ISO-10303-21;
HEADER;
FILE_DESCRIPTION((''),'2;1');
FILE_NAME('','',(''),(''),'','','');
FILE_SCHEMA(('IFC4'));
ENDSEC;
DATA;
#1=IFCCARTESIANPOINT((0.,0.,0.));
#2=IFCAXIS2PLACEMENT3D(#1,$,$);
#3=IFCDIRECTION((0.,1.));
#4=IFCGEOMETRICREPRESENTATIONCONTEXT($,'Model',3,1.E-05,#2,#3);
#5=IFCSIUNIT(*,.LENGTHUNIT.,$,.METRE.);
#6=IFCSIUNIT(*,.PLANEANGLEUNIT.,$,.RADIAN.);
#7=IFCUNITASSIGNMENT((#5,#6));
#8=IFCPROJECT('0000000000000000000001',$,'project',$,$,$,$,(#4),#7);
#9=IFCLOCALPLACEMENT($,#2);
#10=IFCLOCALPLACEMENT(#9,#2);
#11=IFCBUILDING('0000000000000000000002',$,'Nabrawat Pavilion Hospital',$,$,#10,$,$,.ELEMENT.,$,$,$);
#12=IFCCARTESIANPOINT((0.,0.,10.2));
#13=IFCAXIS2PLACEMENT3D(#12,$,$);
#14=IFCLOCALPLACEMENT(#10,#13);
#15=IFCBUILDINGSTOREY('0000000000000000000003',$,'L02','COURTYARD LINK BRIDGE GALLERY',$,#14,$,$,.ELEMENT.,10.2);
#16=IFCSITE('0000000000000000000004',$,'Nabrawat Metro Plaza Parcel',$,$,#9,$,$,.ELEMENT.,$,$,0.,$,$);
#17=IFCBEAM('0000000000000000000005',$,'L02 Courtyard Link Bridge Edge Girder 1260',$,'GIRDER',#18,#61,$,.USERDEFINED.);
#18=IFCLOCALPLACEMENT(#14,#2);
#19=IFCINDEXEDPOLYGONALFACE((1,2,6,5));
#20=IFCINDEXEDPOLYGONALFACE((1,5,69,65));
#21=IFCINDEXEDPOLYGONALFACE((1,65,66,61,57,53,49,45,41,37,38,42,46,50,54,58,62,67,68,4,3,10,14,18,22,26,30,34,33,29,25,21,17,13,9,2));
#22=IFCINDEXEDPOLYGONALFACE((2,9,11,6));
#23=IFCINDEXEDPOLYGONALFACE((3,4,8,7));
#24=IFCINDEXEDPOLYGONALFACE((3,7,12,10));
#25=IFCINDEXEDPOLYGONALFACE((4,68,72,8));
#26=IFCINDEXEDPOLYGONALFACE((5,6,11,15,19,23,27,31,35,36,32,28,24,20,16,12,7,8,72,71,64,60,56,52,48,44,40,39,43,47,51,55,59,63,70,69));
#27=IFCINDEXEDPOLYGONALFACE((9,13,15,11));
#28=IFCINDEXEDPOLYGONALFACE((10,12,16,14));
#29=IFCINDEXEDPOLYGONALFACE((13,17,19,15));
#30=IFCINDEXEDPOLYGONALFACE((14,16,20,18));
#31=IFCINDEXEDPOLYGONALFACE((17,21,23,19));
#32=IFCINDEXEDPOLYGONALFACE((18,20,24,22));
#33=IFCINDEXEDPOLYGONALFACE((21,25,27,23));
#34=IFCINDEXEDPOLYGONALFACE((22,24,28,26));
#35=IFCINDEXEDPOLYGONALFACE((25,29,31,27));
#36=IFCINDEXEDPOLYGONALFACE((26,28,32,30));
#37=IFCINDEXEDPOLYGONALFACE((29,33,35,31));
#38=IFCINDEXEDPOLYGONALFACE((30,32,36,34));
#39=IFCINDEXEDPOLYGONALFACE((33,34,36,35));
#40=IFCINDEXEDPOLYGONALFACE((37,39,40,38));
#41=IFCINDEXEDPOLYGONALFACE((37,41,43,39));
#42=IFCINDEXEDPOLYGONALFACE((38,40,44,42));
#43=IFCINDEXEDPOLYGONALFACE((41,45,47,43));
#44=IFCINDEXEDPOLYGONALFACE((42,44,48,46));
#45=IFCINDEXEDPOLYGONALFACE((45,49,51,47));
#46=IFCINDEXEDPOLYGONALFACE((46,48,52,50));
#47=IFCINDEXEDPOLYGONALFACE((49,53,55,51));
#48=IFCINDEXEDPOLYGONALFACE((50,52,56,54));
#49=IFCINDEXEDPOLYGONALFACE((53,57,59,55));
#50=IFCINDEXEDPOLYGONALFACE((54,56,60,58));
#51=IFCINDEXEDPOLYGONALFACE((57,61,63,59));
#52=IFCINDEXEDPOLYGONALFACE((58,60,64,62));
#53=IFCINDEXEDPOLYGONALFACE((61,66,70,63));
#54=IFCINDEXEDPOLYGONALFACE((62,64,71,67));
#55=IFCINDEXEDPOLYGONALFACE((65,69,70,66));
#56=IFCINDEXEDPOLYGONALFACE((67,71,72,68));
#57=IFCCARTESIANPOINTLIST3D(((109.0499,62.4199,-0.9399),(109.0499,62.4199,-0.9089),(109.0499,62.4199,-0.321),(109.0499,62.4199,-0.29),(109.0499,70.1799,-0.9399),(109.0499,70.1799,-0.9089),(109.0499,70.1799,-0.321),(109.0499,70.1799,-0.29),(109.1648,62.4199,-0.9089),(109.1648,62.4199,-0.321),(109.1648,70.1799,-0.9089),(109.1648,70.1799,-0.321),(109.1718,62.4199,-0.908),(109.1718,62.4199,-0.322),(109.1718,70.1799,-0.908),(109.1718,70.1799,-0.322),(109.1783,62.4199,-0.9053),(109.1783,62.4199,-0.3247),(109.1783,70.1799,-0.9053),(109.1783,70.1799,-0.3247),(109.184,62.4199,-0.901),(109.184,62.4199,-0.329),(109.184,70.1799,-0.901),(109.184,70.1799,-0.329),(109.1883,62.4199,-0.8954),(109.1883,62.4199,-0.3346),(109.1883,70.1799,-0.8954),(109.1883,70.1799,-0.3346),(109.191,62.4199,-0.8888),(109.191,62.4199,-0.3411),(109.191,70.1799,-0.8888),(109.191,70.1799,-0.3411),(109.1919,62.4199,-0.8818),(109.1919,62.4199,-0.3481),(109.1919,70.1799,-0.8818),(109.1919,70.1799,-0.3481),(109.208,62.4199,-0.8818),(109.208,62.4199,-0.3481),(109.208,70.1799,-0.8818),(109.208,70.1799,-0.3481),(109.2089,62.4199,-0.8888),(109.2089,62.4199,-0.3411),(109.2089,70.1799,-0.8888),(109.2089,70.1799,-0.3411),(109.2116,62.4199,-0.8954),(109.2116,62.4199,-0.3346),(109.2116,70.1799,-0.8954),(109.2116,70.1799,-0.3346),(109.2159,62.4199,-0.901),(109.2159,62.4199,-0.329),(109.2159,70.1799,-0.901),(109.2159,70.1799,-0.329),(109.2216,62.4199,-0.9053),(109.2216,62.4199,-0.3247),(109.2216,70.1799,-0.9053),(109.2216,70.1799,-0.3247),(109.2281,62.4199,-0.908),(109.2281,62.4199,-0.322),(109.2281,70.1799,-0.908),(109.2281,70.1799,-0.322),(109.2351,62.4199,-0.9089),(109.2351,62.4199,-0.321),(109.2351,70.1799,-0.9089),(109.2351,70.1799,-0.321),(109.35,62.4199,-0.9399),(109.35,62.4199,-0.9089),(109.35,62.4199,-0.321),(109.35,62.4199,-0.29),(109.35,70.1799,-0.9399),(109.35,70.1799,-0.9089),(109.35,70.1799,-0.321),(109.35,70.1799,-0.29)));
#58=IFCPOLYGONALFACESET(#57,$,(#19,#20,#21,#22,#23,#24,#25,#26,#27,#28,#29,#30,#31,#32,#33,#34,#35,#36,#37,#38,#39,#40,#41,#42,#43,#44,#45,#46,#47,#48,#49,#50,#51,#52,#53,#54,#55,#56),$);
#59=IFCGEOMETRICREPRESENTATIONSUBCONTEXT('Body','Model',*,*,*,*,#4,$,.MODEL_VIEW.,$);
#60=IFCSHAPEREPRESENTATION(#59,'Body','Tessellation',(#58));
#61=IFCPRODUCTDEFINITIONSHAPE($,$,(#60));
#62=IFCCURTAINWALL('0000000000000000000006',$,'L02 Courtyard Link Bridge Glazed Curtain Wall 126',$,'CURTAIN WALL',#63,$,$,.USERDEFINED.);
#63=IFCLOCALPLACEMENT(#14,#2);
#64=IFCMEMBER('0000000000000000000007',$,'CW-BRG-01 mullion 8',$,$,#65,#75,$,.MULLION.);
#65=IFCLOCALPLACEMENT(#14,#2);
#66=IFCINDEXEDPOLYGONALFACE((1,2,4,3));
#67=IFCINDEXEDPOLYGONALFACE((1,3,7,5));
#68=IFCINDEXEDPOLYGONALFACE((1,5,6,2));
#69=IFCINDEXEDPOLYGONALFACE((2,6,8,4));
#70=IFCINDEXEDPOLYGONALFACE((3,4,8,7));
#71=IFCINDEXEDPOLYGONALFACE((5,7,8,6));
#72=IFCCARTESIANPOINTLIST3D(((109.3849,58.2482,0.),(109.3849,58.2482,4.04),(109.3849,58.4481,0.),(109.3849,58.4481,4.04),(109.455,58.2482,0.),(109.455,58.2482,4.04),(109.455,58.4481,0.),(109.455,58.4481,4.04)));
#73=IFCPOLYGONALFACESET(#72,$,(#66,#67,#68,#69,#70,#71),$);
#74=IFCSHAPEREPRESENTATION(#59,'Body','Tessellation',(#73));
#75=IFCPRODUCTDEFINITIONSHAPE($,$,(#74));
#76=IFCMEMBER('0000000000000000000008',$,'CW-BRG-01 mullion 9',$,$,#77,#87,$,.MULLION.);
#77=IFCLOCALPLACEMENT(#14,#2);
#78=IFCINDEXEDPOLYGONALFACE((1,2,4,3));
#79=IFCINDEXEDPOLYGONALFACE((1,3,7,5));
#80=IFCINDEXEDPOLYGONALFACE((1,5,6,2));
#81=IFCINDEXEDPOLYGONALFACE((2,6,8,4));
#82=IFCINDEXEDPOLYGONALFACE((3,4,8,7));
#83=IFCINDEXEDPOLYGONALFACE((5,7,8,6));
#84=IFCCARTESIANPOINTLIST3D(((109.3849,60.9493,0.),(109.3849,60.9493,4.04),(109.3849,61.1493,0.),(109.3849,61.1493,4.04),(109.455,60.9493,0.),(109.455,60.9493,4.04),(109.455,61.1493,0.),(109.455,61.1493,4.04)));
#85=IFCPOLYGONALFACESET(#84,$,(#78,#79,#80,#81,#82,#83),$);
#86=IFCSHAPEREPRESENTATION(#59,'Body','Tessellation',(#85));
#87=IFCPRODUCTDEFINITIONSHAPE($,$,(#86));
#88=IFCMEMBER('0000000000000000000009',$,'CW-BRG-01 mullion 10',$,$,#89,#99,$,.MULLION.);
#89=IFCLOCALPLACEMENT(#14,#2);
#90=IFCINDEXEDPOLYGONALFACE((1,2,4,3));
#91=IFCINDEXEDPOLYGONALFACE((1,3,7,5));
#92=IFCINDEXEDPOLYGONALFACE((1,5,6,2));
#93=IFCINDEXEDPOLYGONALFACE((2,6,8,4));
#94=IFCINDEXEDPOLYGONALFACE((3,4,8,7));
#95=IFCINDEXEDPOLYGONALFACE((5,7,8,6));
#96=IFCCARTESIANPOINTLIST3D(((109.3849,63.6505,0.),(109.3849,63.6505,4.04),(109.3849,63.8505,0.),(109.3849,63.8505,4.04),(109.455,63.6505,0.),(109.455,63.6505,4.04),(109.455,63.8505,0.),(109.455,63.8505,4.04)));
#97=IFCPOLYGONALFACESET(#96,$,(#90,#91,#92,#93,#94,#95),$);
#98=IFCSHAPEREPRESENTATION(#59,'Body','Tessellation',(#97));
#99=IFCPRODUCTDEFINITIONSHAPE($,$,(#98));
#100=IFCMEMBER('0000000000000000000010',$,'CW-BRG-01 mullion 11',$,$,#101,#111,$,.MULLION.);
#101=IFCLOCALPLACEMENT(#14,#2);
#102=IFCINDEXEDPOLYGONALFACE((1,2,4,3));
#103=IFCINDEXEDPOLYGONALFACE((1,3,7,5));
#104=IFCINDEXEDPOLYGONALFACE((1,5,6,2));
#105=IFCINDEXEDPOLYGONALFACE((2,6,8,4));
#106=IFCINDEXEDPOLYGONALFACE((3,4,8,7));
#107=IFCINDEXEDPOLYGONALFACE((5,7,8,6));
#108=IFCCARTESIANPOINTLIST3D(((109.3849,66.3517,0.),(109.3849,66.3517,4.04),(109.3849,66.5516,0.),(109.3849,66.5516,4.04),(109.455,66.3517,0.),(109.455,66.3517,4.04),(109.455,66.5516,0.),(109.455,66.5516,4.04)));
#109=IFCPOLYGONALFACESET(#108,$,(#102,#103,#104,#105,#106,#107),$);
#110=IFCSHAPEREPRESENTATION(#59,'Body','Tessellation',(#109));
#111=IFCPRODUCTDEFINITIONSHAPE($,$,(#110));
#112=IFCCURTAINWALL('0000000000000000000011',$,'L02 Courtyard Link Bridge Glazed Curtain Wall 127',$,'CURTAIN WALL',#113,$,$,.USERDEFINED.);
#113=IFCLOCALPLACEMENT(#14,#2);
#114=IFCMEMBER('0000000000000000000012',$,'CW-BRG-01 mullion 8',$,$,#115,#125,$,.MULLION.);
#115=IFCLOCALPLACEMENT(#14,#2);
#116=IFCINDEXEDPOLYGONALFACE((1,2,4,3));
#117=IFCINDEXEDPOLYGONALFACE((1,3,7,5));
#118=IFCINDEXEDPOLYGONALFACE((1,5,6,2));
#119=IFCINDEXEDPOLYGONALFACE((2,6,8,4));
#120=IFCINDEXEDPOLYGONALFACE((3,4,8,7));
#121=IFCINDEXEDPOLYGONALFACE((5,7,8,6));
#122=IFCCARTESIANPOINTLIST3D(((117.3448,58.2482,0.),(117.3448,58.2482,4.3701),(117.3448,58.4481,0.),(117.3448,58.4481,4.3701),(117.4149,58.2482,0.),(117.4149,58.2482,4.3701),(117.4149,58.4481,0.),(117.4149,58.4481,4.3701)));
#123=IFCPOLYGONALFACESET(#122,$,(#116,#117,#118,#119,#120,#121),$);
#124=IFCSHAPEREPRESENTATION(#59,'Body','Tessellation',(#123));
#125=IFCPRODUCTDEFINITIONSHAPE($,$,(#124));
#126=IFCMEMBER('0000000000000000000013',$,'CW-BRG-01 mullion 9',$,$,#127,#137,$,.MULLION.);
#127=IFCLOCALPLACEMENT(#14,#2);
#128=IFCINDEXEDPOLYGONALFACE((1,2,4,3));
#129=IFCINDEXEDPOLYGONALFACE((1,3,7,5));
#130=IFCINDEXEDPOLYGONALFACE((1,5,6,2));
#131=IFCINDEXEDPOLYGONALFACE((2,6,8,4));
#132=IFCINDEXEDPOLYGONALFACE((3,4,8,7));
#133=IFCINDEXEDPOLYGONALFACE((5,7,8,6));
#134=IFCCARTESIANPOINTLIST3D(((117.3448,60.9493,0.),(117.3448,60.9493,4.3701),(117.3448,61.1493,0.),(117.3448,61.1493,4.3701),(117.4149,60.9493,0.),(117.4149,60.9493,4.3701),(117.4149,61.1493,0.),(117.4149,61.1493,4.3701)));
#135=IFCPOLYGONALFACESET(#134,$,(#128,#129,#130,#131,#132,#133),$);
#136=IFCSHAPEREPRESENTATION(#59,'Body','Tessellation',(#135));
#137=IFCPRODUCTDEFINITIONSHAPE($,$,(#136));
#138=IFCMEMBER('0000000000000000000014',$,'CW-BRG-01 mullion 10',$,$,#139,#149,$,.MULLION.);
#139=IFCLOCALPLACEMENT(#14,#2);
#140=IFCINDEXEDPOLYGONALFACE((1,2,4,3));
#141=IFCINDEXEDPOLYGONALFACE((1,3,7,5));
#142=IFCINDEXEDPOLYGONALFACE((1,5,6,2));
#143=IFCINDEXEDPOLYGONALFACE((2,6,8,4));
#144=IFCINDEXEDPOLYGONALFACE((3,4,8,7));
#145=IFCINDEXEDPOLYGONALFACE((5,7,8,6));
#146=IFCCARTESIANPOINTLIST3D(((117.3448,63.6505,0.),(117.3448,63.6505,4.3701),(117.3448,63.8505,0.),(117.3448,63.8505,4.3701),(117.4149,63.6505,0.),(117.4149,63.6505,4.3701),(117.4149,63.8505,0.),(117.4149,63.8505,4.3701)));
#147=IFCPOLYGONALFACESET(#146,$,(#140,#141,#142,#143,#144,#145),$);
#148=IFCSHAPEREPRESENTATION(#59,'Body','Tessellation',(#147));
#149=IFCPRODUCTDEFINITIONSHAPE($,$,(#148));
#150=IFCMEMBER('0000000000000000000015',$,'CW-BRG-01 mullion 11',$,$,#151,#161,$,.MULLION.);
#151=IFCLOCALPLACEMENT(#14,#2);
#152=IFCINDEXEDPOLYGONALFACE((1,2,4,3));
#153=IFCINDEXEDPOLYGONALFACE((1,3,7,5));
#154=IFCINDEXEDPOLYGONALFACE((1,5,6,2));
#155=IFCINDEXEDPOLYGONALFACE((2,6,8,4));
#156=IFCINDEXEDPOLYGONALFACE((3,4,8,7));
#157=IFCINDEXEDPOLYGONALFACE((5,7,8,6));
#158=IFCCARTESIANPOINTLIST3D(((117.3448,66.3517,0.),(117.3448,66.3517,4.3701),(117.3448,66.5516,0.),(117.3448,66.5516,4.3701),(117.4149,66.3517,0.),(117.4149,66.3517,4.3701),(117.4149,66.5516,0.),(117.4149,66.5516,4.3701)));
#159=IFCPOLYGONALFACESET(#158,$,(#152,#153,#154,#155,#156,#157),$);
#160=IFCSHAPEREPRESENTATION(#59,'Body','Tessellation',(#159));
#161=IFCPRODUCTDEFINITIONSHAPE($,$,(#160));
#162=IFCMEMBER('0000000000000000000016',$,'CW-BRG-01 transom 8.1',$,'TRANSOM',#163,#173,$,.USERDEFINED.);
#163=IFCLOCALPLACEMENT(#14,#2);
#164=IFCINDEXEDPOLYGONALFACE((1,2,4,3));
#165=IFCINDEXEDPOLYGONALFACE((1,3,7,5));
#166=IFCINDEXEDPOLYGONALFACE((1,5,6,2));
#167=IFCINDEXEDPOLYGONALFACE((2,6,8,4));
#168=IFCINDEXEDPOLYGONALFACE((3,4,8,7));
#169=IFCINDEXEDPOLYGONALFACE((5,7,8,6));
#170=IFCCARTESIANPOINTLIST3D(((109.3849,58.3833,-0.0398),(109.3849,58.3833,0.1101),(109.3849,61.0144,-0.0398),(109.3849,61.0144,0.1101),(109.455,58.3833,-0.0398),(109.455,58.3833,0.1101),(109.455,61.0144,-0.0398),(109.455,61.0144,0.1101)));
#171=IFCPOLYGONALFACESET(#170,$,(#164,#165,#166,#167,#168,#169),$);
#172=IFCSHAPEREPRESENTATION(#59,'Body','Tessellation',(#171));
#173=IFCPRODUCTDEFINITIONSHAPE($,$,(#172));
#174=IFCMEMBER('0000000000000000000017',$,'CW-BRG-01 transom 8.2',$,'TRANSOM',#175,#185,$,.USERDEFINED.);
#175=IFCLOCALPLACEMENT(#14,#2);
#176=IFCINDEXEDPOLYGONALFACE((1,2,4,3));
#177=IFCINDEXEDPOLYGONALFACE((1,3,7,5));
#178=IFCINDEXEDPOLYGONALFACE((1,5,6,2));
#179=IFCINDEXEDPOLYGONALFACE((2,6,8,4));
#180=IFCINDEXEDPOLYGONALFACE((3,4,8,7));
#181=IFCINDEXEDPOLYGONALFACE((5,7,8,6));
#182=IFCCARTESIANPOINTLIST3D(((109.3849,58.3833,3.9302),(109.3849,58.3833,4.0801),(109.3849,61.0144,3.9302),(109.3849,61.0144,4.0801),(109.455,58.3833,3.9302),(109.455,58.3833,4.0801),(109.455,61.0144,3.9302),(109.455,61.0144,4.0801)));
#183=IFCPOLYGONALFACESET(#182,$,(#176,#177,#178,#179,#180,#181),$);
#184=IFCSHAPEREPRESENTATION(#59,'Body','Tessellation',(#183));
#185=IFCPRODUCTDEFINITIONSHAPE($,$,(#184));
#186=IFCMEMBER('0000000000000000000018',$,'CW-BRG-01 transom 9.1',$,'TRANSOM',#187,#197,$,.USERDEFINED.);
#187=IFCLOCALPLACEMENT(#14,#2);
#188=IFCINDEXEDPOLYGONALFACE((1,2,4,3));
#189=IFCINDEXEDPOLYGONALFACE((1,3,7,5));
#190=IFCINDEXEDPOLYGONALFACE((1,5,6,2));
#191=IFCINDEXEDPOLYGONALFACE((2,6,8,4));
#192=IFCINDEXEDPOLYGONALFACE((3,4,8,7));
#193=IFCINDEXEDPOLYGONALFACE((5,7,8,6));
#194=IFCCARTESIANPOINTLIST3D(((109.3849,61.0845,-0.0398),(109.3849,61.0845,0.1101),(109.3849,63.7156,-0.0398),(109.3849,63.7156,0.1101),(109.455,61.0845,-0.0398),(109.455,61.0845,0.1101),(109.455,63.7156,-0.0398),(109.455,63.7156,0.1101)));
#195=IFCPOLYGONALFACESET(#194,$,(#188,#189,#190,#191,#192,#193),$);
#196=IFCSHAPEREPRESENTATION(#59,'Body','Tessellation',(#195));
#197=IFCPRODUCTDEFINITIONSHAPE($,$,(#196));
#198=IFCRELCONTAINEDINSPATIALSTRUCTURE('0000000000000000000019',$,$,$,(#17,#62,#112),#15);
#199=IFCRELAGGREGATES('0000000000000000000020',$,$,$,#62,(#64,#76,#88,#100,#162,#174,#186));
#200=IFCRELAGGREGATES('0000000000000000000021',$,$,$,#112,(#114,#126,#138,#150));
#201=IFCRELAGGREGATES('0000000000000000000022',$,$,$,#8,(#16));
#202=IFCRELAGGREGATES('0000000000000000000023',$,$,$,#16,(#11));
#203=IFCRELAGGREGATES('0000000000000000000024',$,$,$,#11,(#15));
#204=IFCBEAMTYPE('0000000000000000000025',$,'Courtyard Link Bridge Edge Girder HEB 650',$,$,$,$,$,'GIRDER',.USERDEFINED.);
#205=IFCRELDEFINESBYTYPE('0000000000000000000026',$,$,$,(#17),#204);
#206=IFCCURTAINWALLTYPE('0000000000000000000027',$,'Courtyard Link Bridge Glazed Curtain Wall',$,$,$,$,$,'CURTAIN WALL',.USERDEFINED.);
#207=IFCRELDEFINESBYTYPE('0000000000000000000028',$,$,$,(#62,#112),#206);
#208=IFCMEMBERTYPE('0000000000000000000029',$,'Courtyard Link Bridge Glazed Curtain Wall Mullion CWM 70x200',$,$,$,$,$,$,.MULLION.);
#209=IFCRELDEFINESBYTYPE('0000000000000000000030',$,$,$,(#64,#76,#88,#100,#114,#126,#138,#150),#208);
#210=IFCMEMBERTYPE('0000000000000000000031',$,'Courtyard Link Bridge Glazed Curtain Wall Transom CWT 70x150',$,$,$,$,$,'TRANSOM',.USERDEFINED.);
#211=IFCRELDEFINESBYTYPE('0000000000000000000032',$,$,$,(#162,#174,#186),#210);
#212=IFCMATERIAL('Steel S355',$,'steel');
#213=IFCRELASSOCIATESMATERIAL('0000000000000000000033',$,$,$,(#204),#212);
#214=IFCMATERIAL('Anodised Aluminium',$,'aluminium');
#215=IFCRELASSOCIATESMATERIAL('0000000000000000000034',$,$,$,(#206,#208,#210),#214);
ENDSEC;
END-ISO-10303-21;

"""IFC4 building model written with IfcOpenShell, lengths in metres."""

from ifc_helpers import new_model, si_unit, direction, frame, origin, origin_2d, place, context, subcontext, project, spatial, rectangle, i_section, extrude, material, material_profile, profile_set, type_object, element, aggregate, save


model = new_model("IFC4")

# Units and contexts
model_context = context("Model", 3, precision=1e-05, world=origin(), true_north=direction((0.0, 1.0)))
body_context = subcontext(model_context, "Body", "Model", "MODEL_VIEW")
ifc_project = project(units=[si_unit("LENGTHUNIT", "METRE"), si_unit("PLANEANGLEUNIT", "RADIAN")], contexts=[model_context])

# Site, building, storey
site_placement = place(None, origin())
site = spatial("IfcSite", under=ifc_project, at=site_placement, Name="Nabrawat Metro Plaza Parcel", CompositionType="ELEMENT", RefElevation=0.0)
building_placement = place(site_placement, origin())
building = spatial("IfcBuilding", under=site, at=building_placement, Name="Nabrawat Pavilion Hospital", CompositionType="ELEMENT")
storey_placement = place(building_placement, frame((0.0, 0.0, 10.2)))
storey = spatial("IfcBuildingStorey", under=building, at=storey_placement, Name="L02", Description="COURTYARD LINK BRIDGE GALLERY", CompositionType="ELEMENT", Elevation=10.2)

# Beam
ifc_material_1 = material(Name="Steel S355", Category="steel")
ifc_material_profile_1 = material_profile(ifc_material_1, i_section(OverallWidth=0.3, OverallDepth=0.6499, WebThickness=0.0161, FlangeThickness=0.031, FilletRadius=0.0271, at=origin_2d()), Name="HEB 650")
ifc_profile_set_1 = profile_set([ifc_material_profile_1], Name="Steel S355")
beam_type_1 = type_object("IfcBeamType", Name="Courtyard Link Bridge Edge Girder HEB 650", ElementType="GIRDER", PredefinedType="USERDEFINED", material=ifc_profile_set_1)
beam_1_placement = place(storey_placement, frame((109.2, 62.4199, -0.615), z_axis=(0.0, 1.0, 0.0), x_axis=(-1.0, 0.0, 0.0)))
element("IfcBeam", 1, at=beam_1_placement, inside=storey, type_object=beam_type_1, Name="L02 Courtyard Link Bridge Edge Girder 1260", ObjectType="GIRDER", PredefinedType="USERDEFINED", context=body_context, shape_type="SweptSolid", body=[
    extrude(i_section(OverallWidth=0.3, OverallDepth=0.6499, WebThickness=0.0161, FlangeThickness=0.031, FilletRadius=0.0271, at=origin_2d()), origin(), (0.0, 0.0, 1.0), 7.76),
])

# Curtain walls, members
ifc_material_2 = material(Name="Anodised Aluminium", Category="aluminium")
curtain_wall_type = type_object("IfcCurtainWallType", Name="Courtyard Link Bridge Glazed Curtain Wall", ElementType="CURTAIN WALL", PredefinedType="USERDEFINED", material=ifc_material_2)
curtain_wall_1_placement = place(storey_placement, origin())
curtain_wall_1 = element("IfcCurtainWall", 2, at=curtain_wall_1_placement, inside=storey, type_object=curtain_wall_type, Name="L02 Courtyard Link Bridge Glazed Curtain Wall 126", ObjectType="CURTAIN WALL", PredefinedType="USERDEFINED")
ifc_material_profile_2 = material_profile(ifc_material_2, rectangle(XDim=0.0701, YDim=0.2, at=origin_2d()), Name="CWM 70x200")
ifc_profile_set_2 = profile_set([ifc_material_profile_2], Name="Anodised Aluminium")
member_type_1 = type_object("IfcMemberType", Name="Courtyard Link Bridge Glazed Curtain Wall Mullion CWM 70x200", PredefinedType="MULLION", material=ifc_profile_set_2)
member_1_placement = place(storey_placement, frame((109.4199, 58.3481, 0.0), z_axis=(0.0, 0.0, 1.0), x_axis=(-1.0, 0.0, 0.0)))
member_1 = element("IfcMember", 3, at=member_1_placement, type_object=member_type_1, Name="CW-BRG-01 mullion 8", PredefinedType="MULLION", context=body_context, shape_type="SweptSolid", body=[
    extrude(rectangle(XDim=0.0701, YDim=0.2, at=origin_2d()), origin(), (0.0, 0.0, 1.0), 4.04),
])
member_2_placement = place(storey_placement, frame((109.4199, 61.0493, 0.0), z_axis=(0.0, 0.0, 1.0), x_axis=(-1.0, 0.0, 0.0)))
member_2 = element("IfcMember", 4, at=member_2_placement, type_object=member_type_1, Name="CW-BRG-01 mullion 9", PredefinedType="MULLION", context=body_context, shape_type="SweptSolid", body=[
    extrude(rectangle(XDim=0.0701, YDim=0.2, at=origin_2d()), origin(), (0.0, 0.0, 1.0), 4.04),
])
member_3_placement = place(storey_placement, frame((109.4199, 63.7505, 0.0), z_axis=(0.0, 0.0, 1.0), x_axis=(-1.0, 0.0, 0.0)))
member_3 = element("IfcMember", 5, at=member_3_placement, type_object=member_type_1, Name="CW-BRG-01 mullion 10", PredefinedType="MULLION", context=body_context, shape_type="SweptSolid", body=[
    extrude(rectangle(XDim=0.0701, YDim=0.2, at=origin_2d()), origin(), (0.0, 0.0, 1.0), 4.04),
])
member_4_placement = place(storey_placement, frame((109.4199, 66.4517, 0.0), z_axis=(0.0, 0.0, 1.0), x_axis=(-1.0, 0.0, 0.0)))
member_4 = element("IfcMember", 6, at=member_4_placement, type_object=member_type_1, Name="CW-BRG-01 mullion 11", PredefinedType="MULLION", context=body_context, shape_type="SweptSolid", body=[
    extrude(rectangle(XDim=0.0701, YDim=0.2, at=origin_2d()), origin(), (0.0, 0.0, 1.0), 4.04),
])
curtain_wall_2_placement = place(storey_placement, origin())
curtain_wall_2 = element("IfcCurtainWall", 7, at=curtain_wall_2_placement, inside=storey, type_object=curtain_wall_type, Name="L02 Courtyard Link Bridge Glazed Curtain Wall 127", ObjectType="CURTAIN WALL", PredefinedType="USERDEFINED")
member_5_placement = place(storey_placement, frame((117.3799, 58.3481, 0.0), z_axis=(0.0, 0.0, 1.0), x_axis=(-1.0, 0.0, 0.0)))
member_5 = element("IfcMember", 8, at=member_5_placement, type_object=member_type_1, Name="CW-BRG-01 mullion 8", PredefinedType="MULLION", context=body_context, shape_type="SweptSolid", body=[
    extrude(rectangle(XDim=0.0701, YDim=0.2, at=origin_2d()), origin(), (0.0, 0.0, 1.0), 4.3701),
])
member_6_placement = place(storey_placement, frame((117.3799, 61.0493, 0.0), z_axis=(0.0, 0.0, 1.0), x_axis=(-1.0, 0.0, 0.0)))
member_6 = element("IfcMember", 9, at=member_6_placement, type_object=member_type_1, Name="CW-BRG-01 mullion 9", PredefinedType="MULLION", context=body_context, shape_type="SweptSolid", body=[
    extrude(rectangle(XDim=0.0701, YDim=0.2, at=origin_2d()), origin(), (0.0, 0.0, 1.0), 4.3701),
])
member_7_placement = place(storey_placement, frame((117.3799, 63.7505, 0.0), z_axis=(0.0, 0.0, 1.0), x_axis=(-1.0, 0.0, 0.0)))
member_7 = element("IfcMember", 10, at=member_7_placement, type_object=member_type_1, Name="CW-BRG-01 mullion 10", PredefinedType="MULLION", context=body_context, shape_type="SweptSolid", body=[
    extrude(rectangle(XDim=0.0701, YDim=0.2, at=origin_2d()), origin(), (0.0, 0.0, 1.0), 4.3701),
])
member_8_placement = place(storey_placement, frame((117.3799, 66.4517, 0.0), z_axis=(0.0, 0.0, 1.0), x_axis=(-1.0, 0.0, 0.0)))
member_8 = element("IfcMember", 11, at=member_8_placement, type_object=member_type_1, Name="CW-BRG-01 mullion 11", PredefinedType="MULLION", context=body_context, shape_type="SweptSolid", body=[
    extrude(rectangle(XDim=0.0701, YDim=0.2, at=origin_2d()), origin(), (0.0, 0.0, 1.0), 4.3701),
])

# Members
ifc_material_profile_3 = material_profile(ifc_material_2, rectangle(XDim=0.0701, YDim=0.1499, at=origin_2d()), Name="CWT 70x150")
ifc_profile_set_3 = profile_set([ifc_material_profile_3], Name="Anodised Aluminium")
member_type_2 = type_object("IfcMemberType", Name="Courtyard Link Bridge Glazed Curtain Wall Transom CWT 70x150", ElementType="TRANSOM", PredefinedType="USERDEFINED", material=ifc_profile_set_3)
member_9_placement = place(storey_placement, frame((109.4199, 58.3833, 0.0352), z_axis=(0.0, 1.0, 0.0), x_axis=(-1.0, 0.0, 0.0)))
member_9 = element("IfcMember", 12, at=member_9_placement, type_object=member_type_2, Name="CW-BRG-01 transom 8.1", ObjectType="TRANSOM", PredefinedType="USERDEFINED", context=body_context, shape_type="SweptSolid", body=[
    extrude(rectangle(XDim=0.0701, YDim=0.1499, at=origin_2d()), origin(), (0.0, 0.0, 1.0), 2.6311),
])
member_10_placement = place(storey_placement, frame((109.4199, 58.3833, 4.0051), z_axis=(0.0, 1.0, 0.0), x_axis=(-1.0, 0.0, 0.0)))
member_10 = element("IfcMember", 13, at=member_10_placement, type_object=member_type_2, Name="CW-BRG-01 transom 8.2", ObjectType="TRANSOM", PredefinedType="USERDEFINED", context=body_context, shape_type="SweptSolid", body=[
    extrude(rectangle(XDim=0.0701, YDim=0.1499, at=origin_2d()), origin(), (0.0, 0.0, 1.0), 2.6311),
])
member_11_placement = place(storey_placement, frame((109.4199, 61.0845, 0.0352), z_axis=(0.0, 1.0, 0.0), x_axis=(-1.0, 0.0, 0.0)))
member_11 = element("IfcMember", 14, at=member_11_placement, type_object=member_type_2, Name="CW-BRG-01 transom 9.1", ObjectType="TRANSOM", PredefinedType="USERDEFINED", context=body_context, shape_type="SweptSolid", body=[
    extrude(rectangle(XDim=0.0701, YDim=0.1499, at=origin_2d()), origin(), (0.0, 0.0, 1.0), 2.6311),
])

aggregate(curtain_wall_1, [member_1, member_2, member_3, member_4, member_9, member_10, member_11])
aggregate(curtain_wall_2, [member_5, member_6, member_7, member_8])

save(model, "model.ifc")
